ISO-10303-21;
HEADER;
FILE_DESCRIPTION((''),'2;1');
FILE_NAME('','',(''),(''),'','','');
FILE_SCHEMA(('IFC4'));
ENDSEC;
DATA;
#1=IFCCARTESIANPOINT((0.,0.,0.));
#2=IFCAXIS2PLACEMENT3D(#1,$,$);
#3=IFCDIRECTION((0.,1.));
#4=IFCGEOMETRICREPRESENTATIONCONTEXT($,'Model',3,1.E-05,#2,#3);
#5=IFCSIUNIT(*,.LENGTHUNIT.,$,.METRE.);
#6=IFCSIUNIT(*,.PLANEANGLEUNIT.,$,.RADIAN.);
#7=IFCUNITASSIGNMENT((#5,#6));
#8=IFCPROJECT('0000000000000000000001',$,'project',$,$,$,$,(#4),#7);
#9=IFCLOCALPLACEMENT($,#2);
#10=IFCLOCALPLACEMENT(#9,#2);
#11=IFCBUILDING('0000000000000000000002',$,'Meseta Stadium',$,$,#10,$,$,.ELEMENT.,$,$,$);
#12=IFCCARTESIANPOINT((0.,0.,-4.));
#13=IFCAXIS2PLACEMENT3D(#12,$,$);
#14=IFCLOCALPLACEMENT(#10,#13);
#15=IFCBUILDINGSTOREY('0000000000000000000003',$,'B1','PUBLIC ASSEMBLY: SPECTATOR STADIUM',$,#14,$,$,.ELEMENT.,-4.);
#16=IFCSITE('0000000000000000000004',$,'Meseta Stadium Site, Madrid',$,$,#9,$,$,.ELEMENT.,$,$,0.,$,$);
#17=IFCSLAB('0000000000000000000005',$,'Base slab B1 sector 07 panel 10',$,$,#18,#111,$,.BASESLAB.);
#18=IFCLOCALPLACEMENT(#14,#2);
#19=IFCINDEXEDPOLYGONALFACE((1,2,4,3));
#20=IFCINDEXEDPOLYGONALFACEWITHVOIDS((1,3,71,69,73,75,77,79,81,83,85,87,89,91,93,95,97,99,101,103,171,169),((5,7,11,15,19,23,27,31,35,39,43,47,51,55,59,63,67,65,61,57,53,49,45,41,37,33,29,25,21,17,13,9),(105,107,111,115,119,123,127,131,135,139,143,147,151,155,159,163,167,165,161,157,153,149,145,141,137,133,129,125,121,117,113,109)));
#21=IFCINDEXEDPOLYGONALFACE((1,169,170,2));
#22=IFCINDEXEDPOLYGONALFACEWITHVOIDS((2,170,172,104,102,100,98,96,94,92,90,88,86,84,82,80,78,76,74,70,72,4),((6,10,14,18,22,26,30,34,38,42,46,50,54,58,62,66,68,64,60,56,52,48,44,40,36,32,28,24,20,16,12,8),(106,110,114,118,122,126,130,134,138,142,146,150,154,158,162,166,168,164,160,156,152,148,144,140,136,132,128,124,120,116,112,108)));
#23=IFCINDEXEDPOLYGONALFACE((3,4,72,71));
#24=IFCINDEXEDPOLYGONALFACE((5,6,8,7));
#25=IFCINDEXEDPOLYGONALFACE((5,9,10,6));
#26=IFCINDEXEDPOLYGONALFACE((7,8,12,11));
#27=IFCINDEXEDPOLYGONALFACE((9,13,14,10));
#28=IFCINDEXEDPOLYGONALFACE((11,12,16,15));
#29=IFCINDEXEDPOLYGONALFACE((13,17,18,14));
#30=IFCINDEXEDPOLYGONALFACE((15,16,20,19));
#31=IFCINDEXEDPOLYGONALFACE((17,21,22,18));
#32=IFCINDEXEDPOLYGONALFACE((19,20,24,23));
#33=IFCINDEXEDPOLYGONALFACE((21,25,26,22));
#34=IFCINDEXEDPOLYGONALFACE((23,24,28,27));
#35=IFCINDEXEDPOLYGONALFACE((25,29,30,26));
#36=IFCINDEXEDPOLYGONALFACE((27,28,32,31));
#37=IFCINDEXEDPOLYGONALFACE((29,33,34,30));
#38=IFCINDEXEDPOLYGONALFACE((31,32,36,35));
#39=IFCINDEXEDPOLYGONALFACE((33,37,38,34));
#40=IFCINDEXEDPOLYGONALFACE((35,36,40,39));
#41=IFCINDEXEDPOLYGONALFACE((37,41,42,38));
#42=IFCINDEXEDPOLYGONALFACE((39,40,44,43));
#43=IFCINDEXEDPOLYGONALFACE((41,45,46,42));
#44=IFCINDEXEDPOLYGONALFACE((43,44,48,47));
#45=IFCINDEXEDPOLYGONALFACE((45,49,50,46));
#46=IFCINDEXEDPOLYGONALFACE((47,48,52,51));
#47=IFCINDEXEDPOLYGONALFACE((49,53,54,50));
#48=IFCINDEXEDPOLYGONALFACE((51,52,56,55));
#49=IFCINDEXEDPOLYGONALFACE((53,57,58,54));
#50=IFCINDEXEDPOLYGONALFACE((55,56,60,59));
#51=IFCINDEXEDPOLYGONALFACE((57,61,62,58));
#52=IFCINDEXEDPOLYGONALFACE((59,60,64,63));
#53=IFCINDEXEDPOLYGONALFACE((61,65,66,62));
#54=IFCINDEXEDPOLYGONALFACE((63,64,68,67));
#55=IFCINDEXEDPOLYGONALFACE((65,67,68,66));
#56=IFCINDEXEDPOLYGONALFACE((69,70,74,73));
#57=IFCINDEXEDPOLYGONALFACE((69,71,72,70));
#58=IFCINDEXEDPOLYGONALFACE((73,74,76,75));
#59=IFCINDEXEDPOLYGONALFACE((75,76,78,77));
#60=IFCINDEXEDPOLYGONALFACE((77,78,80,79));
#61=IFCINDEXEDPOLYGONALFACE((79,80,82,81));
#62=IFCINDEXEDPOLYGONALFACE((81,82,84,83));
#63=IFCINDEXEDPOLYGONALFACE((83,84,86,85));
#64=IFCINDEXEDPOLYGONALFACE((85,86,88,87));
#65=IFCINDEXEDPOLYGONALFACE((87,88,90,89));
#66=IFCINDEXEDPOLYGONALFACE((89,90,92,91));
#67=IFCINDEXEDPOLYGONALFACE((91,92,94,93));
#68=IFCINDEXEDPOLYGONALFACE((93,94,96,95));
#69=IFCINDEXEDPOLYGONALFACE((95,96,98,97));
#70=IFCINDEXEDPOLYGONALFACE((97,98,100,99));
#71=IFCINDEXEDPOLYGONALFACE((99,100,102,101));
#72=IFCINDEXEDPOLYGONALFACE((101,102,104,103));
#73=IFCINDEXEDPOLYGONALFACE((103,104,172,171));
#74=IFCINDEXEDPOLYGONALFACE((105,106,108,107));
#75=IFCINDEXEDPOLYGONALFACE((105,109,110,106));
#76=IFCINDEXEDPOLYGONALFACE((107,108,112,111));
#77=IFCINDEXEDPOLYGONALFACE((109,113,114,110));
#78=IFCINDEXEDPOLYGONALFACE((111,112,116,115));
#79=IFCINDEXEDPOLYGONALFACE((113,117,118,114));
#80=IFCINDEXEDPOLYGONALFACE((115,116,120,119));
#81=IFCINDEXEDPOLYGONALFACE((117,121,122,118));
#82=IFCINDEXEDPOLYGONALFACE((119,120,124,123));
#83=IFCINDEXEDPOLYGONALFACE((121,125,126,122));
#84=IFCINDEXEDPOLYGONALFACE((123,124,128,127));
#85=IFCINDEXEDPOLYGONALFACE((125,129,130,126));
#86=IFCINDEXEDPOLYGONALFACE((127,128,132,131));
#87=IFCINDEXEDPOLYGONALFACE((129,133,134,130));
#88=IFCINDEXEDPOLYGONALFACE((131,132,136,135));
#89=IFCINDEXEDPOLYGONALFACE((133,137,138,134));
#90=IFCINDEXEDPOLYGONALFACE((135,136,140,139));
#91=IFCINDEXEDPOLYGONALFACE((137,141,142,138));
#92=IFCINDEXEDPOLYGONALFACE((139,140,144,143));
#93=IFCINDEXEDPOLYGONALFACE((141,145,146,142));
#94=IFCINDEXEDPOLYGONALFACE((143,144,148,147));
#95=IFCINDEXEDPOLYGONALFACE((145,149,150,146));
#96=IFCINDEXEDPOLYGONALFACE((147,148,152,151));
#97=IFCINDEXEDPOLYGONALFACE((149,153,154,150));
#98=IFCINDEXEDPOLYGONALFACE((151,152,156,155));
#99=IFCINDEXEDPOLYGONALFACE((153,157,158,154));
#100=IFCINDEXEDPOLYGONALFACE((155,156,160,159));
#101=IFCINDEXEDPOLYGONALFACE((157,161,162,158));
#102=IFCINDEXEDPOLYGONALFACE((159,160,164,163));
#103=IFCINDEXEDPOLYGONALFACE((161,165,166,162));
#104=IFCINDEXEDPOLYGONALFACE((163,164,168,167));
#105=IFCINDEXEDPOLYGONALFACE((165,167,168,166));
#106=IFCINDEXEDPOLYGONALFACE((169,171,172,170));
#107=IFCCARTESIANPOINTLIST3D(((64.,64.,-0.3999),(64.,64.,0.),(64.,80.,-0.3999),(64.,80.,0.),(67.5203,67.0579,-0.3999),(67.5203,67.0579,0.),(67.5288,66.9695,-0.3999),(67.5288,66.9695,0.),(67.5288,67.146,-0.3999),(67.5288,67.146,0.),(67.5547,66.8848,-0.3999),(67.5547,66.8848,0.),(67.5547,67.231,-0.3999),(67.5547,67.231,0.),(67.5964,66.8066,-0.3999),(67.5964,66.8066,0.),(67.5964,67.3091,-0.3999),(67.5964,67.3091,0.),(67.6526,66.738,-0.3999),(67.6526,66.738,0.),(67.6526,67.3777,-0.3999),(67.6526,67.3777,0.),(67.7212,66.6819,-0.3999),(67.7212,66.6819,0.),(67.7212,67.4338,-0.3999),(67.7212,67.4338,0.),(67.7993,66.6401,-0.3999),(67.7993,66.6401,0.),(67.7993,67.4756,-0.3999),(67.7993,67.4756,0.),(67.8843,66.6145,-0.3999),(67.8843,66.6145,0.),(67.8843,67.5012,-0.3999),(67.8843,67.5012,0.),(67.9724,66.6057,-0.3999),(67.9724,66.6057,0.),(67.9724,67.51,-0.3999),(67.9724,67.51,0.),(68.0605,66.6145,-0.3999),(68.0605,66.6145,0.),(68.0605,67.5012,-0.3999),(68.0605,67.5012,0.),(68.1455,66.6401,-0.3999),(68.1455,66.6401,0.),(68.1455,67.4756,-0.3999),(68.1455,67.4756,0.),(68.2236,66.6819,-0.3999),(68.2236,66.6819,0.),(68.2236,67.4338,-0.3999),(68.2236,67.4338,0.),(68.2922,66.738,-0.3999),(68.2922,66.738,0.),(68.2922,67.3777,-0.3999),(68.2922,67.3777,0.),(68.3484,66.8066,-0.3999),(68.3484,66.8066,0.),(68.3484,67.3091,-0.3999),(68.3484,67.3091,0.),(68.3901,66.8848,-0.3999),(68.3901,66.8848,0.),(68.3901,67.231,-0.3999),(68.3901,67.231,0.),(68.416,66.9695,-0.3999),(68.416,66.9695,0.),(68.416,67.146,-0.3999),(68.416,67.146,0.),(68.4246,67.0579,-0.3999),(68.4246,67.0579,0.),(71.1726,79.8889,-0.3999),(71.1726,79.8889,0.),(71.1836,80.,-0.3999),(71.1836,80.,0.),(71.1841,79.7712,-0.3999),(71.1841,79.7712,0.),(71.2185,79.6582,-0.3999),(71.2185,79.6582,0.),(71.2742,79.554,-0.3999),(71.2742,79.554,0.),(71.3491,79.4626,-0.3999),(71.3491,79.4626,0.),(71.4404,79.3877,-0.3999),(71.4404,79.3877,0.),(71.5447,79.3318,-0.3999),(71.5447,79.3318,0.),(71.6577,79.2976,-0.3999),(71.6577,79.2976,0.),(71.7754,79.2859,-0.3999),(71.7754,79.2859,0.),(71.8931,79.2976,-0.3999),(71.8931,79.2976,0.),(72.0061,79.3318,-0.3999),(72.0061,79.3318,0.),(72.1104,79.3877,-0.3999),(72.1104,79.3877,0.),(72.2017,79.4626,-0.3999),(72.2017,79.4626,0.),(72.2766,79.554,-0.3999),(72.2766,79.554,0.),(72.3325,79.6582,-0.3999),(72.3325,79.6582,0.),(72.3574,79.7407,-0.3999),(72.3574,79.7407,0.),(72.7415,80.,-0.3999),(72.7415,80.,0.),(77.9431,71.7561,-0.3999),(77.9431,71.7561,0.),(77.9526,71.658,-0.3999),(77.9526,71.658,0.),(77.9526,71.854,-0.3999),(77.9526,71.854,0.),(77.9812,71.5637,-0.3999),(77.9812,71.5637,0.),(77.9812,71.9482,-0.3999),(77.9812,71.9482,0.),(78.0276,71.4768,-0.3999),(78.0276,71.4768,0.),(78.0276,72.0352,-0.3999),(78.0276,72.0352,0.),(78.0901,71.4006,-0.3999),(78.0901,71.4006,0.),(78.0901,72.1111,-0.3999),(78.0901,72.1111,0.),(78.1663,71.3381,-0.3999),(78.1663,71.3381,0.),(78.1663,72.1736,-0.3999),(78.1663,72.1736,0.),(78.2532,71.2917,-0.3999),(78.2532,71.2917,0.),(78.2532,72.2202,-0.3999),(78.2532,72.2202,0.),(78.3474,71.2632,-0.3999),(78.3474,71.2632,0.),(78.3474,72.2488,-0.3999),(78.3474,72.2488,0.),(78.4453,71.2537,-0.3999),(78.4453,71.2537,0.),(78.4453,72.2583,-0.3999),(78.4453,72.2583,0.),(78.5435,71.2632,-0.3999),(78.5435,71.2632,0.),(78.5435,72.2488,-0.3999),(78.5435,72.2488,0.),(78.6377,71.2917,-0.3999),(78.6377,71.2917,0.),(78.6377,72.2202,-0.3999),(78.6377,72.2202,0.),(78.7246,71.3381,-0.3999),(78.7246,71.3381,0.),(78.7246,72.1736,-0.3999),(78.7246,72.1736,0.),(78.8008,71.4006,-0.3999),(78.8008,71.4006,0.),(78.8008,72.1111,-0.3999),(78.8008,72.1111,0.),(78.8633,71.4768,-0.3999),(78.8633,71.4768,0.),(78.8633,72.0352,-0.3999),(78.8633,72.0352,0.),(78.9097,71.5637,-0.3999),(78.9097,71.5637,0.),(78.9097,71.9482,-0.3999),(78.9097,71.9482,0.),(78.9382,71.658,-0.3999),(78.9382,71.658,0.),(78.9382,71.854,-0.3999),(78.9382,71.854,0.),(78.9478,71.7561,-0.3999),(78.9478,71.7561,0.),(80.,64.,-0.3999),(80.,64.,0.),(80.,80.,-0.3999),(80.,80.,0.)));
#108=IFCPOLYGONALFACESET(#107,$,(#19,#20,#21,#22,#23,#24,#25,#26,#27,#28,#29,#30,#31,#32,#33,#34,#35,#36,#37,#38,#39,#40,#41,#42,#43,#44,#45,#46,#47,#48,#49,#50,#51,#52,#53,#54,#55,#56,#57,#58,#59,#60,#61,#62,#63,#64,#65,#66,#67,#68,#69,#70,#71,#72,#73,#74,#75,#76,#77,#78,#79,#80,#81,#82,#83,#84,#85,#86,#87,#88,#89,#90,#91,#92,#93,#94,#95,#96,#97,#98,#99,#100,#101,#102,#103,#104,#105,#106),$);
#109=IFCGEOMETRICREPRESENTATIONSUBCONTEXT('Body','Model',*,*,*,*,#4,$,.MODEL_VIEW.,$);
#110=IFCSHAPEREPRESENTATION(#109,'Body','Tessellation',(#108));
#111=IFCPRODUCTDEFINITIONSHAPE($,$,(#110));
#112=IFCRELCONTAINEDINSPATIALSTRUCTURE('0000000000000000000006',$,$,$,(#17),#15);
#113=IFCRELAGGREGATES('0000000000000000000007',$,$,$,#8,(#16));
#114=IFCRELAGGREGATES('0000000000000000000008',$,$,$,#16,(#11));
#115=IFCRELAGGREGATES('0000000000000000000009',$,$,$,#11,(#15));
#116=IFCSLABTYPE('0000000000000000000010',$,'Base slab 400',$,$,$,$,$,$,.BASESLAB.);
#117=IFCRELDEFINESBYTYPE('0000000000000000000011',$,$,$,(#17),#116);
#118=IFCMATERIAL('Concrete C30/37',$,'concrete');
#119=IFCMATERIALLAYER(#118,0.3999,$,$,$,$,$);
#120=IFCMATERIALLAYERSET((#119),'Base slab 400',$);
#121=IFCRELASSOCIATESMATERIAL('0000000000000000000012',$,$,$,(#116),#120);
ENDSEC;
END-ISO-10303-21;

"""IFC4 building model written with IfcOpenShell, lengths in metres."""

from ifc_helpers import new_model, si_unit, direction, frame, origin, place, context, subcontext, project, spatial, polyline, outline, extrude, material, layer, layer_set, type_object, element, save


model = new_model("IFC4")

# Units and contexts
model_context = context("Model", 3, precision=1e-05, world=origin(), true_north=direction((0.0, 1.0)))
body_context = subcontext(model_context, "Body", "Model", "MODEL_VIEW")
ifc_project = project(units=[si_unit("LENGTHUNIT", "METRE"), si_unit("PLANEANGLEUNIT", "RADIAN")], contexts=[model_context])

# Site, building, storey
site_placement = place(None, origin())
site = spatial("IfcSite", under=ifc_project, at=site_placement, Name="Meseta Stadium Site, Madrid", CompositionType="ELEMENT", RefElevation=0.0)
building_placement = place(site_placement, origin())
building = spatial("IfcBuilding", under=site, at=building_placement, Name="Meseta Stadium", CompositionType="ELEMENT")
storey_placement = place(building_placement, frame((0.0, 0.0, -4.0)))
storey = spatial("IfcBuildingStorey", under=building, at=storey_placement, Name="B1", Description="PUBLIC ASSEMBLY: SPECTATOR STADIUM", CompositionType="ELEMENT", Elevation=-4.0)

# Slab
ifc_material_1 = material(Name="Concrete C30/37", Category="concrete")
ifc_layer = layer(ifc_material_1, 0.3999)
ifc_layer_set = layer_set([ifc_layer], Name="Base slab 400")
slab_type = type_object("IfcSlabType", Name="Base slab 400", PredefinedType="BASESLAB", material=ifc_layer_set)
slab_1_placement = place(storey_placement, frame((0.0, 0.0, -0.3999)))
element("IfcSlab", 1, at=slab_1_placement, inside=storey, type_object=slab_type, Name="Base slab B1 sector 07 panel 10", PredefinedType="BASESLAB", context=body_context, shape_type="SweptSolid", body=[
    extrude(outline(polyline([(71.4404, 79.3877), (71.3491, 79.4626), (71.2742, 79.554), (71.2185, 79.6582), (71.1841, 79.7712), (71.1726, 79.8889), (71.1836, 80.0), (64.0, 80.0), (64.0, 64.0), (80.0, 64.0), (80.0, 80.0), (72.7415, 80.0), (72.3574, 79.7407), (72.3325, 79.6582), (72.2766, 79.554), (72.2017, 79.4626), (72.1104, 79.3877), (72.0061, 79.3318), (71.8931, 79.2976), (71.7754, 79.2859), (71.6577, 79.2976), (71.5447, 79.3318), (71.4404, 79.3877)]), holes=[polyline([(78.5435, 72.2488), (78.6377, 72.2202), (78.7246, 72.1736), (78.8008, 72.1111), (78.8633, 72.0352), (78.9097, 71.9482), (78.9382, 71.854), (78.9478, 71.7561), (78.9382, 71.658), (78.9097, 71.5637), (78.8633, 71.4768), (78.8008, 71.4006), (78.7246, 71.3381), (78.6377, 71.2917), (78.5435, 71.2632), (78.4453, 71.2537), (78.3474, 71.2632), (78.2532, 71.2917), (78.1663, 71.3381), (78.0901, 71.4006), (78.0276, 71.4768), (77.9812, 71.5637), (77.9526, 71.658), (77.9431, 71.7561), (77.9526, 71.854), (77.9812, 71.9482), (78.0276, 72.0352), (78.0901, 72.1111), (78.1663, 72.1736), (78.2532, 72.2202), (78.3474, 72.2488), (78.4453, 72.2583), (78.5435, 72.2488)]), polyline([(68.2922, 67.3777), (68.3484, 67.3091), (68.3901, 67.231), (68.416, 67.146), (68.4246, 67.0579), (68.416, 66.9695), (68.3901, 66.8848), (68.3484, 66.8066), (68.2922, 66.738), (68.2236, 66.6819), (68.1455, 66.6401), (68.0605, 66.6145), (67.9724, 66.6057), (67.8843, 66.6145), (67.7993, 66.6401), (67.7212, 66.6819), (67.6526, 66.738), (67.5964, 66.8066), (67.5547, 66.8848), (67.5288, 66.9695), (67.5203, 67.0579), (67.5288, 67.146), (67.5547, 67.231), (67.5964, 67.3091), (67.6526, 67.3777), (67.7212, 67.4338), (67.7993, 67.4756), (67.8843, 67.5012), (67.9724, 67.51), (68.0605, 67.5012), (68.1455, 67.4756), (68.2236, 67.4338), (68.2922, 67.3777)])]), origin(), (0.0, 0.0, 1.0), 0.3999),
])

save(model, "model.ifc")
